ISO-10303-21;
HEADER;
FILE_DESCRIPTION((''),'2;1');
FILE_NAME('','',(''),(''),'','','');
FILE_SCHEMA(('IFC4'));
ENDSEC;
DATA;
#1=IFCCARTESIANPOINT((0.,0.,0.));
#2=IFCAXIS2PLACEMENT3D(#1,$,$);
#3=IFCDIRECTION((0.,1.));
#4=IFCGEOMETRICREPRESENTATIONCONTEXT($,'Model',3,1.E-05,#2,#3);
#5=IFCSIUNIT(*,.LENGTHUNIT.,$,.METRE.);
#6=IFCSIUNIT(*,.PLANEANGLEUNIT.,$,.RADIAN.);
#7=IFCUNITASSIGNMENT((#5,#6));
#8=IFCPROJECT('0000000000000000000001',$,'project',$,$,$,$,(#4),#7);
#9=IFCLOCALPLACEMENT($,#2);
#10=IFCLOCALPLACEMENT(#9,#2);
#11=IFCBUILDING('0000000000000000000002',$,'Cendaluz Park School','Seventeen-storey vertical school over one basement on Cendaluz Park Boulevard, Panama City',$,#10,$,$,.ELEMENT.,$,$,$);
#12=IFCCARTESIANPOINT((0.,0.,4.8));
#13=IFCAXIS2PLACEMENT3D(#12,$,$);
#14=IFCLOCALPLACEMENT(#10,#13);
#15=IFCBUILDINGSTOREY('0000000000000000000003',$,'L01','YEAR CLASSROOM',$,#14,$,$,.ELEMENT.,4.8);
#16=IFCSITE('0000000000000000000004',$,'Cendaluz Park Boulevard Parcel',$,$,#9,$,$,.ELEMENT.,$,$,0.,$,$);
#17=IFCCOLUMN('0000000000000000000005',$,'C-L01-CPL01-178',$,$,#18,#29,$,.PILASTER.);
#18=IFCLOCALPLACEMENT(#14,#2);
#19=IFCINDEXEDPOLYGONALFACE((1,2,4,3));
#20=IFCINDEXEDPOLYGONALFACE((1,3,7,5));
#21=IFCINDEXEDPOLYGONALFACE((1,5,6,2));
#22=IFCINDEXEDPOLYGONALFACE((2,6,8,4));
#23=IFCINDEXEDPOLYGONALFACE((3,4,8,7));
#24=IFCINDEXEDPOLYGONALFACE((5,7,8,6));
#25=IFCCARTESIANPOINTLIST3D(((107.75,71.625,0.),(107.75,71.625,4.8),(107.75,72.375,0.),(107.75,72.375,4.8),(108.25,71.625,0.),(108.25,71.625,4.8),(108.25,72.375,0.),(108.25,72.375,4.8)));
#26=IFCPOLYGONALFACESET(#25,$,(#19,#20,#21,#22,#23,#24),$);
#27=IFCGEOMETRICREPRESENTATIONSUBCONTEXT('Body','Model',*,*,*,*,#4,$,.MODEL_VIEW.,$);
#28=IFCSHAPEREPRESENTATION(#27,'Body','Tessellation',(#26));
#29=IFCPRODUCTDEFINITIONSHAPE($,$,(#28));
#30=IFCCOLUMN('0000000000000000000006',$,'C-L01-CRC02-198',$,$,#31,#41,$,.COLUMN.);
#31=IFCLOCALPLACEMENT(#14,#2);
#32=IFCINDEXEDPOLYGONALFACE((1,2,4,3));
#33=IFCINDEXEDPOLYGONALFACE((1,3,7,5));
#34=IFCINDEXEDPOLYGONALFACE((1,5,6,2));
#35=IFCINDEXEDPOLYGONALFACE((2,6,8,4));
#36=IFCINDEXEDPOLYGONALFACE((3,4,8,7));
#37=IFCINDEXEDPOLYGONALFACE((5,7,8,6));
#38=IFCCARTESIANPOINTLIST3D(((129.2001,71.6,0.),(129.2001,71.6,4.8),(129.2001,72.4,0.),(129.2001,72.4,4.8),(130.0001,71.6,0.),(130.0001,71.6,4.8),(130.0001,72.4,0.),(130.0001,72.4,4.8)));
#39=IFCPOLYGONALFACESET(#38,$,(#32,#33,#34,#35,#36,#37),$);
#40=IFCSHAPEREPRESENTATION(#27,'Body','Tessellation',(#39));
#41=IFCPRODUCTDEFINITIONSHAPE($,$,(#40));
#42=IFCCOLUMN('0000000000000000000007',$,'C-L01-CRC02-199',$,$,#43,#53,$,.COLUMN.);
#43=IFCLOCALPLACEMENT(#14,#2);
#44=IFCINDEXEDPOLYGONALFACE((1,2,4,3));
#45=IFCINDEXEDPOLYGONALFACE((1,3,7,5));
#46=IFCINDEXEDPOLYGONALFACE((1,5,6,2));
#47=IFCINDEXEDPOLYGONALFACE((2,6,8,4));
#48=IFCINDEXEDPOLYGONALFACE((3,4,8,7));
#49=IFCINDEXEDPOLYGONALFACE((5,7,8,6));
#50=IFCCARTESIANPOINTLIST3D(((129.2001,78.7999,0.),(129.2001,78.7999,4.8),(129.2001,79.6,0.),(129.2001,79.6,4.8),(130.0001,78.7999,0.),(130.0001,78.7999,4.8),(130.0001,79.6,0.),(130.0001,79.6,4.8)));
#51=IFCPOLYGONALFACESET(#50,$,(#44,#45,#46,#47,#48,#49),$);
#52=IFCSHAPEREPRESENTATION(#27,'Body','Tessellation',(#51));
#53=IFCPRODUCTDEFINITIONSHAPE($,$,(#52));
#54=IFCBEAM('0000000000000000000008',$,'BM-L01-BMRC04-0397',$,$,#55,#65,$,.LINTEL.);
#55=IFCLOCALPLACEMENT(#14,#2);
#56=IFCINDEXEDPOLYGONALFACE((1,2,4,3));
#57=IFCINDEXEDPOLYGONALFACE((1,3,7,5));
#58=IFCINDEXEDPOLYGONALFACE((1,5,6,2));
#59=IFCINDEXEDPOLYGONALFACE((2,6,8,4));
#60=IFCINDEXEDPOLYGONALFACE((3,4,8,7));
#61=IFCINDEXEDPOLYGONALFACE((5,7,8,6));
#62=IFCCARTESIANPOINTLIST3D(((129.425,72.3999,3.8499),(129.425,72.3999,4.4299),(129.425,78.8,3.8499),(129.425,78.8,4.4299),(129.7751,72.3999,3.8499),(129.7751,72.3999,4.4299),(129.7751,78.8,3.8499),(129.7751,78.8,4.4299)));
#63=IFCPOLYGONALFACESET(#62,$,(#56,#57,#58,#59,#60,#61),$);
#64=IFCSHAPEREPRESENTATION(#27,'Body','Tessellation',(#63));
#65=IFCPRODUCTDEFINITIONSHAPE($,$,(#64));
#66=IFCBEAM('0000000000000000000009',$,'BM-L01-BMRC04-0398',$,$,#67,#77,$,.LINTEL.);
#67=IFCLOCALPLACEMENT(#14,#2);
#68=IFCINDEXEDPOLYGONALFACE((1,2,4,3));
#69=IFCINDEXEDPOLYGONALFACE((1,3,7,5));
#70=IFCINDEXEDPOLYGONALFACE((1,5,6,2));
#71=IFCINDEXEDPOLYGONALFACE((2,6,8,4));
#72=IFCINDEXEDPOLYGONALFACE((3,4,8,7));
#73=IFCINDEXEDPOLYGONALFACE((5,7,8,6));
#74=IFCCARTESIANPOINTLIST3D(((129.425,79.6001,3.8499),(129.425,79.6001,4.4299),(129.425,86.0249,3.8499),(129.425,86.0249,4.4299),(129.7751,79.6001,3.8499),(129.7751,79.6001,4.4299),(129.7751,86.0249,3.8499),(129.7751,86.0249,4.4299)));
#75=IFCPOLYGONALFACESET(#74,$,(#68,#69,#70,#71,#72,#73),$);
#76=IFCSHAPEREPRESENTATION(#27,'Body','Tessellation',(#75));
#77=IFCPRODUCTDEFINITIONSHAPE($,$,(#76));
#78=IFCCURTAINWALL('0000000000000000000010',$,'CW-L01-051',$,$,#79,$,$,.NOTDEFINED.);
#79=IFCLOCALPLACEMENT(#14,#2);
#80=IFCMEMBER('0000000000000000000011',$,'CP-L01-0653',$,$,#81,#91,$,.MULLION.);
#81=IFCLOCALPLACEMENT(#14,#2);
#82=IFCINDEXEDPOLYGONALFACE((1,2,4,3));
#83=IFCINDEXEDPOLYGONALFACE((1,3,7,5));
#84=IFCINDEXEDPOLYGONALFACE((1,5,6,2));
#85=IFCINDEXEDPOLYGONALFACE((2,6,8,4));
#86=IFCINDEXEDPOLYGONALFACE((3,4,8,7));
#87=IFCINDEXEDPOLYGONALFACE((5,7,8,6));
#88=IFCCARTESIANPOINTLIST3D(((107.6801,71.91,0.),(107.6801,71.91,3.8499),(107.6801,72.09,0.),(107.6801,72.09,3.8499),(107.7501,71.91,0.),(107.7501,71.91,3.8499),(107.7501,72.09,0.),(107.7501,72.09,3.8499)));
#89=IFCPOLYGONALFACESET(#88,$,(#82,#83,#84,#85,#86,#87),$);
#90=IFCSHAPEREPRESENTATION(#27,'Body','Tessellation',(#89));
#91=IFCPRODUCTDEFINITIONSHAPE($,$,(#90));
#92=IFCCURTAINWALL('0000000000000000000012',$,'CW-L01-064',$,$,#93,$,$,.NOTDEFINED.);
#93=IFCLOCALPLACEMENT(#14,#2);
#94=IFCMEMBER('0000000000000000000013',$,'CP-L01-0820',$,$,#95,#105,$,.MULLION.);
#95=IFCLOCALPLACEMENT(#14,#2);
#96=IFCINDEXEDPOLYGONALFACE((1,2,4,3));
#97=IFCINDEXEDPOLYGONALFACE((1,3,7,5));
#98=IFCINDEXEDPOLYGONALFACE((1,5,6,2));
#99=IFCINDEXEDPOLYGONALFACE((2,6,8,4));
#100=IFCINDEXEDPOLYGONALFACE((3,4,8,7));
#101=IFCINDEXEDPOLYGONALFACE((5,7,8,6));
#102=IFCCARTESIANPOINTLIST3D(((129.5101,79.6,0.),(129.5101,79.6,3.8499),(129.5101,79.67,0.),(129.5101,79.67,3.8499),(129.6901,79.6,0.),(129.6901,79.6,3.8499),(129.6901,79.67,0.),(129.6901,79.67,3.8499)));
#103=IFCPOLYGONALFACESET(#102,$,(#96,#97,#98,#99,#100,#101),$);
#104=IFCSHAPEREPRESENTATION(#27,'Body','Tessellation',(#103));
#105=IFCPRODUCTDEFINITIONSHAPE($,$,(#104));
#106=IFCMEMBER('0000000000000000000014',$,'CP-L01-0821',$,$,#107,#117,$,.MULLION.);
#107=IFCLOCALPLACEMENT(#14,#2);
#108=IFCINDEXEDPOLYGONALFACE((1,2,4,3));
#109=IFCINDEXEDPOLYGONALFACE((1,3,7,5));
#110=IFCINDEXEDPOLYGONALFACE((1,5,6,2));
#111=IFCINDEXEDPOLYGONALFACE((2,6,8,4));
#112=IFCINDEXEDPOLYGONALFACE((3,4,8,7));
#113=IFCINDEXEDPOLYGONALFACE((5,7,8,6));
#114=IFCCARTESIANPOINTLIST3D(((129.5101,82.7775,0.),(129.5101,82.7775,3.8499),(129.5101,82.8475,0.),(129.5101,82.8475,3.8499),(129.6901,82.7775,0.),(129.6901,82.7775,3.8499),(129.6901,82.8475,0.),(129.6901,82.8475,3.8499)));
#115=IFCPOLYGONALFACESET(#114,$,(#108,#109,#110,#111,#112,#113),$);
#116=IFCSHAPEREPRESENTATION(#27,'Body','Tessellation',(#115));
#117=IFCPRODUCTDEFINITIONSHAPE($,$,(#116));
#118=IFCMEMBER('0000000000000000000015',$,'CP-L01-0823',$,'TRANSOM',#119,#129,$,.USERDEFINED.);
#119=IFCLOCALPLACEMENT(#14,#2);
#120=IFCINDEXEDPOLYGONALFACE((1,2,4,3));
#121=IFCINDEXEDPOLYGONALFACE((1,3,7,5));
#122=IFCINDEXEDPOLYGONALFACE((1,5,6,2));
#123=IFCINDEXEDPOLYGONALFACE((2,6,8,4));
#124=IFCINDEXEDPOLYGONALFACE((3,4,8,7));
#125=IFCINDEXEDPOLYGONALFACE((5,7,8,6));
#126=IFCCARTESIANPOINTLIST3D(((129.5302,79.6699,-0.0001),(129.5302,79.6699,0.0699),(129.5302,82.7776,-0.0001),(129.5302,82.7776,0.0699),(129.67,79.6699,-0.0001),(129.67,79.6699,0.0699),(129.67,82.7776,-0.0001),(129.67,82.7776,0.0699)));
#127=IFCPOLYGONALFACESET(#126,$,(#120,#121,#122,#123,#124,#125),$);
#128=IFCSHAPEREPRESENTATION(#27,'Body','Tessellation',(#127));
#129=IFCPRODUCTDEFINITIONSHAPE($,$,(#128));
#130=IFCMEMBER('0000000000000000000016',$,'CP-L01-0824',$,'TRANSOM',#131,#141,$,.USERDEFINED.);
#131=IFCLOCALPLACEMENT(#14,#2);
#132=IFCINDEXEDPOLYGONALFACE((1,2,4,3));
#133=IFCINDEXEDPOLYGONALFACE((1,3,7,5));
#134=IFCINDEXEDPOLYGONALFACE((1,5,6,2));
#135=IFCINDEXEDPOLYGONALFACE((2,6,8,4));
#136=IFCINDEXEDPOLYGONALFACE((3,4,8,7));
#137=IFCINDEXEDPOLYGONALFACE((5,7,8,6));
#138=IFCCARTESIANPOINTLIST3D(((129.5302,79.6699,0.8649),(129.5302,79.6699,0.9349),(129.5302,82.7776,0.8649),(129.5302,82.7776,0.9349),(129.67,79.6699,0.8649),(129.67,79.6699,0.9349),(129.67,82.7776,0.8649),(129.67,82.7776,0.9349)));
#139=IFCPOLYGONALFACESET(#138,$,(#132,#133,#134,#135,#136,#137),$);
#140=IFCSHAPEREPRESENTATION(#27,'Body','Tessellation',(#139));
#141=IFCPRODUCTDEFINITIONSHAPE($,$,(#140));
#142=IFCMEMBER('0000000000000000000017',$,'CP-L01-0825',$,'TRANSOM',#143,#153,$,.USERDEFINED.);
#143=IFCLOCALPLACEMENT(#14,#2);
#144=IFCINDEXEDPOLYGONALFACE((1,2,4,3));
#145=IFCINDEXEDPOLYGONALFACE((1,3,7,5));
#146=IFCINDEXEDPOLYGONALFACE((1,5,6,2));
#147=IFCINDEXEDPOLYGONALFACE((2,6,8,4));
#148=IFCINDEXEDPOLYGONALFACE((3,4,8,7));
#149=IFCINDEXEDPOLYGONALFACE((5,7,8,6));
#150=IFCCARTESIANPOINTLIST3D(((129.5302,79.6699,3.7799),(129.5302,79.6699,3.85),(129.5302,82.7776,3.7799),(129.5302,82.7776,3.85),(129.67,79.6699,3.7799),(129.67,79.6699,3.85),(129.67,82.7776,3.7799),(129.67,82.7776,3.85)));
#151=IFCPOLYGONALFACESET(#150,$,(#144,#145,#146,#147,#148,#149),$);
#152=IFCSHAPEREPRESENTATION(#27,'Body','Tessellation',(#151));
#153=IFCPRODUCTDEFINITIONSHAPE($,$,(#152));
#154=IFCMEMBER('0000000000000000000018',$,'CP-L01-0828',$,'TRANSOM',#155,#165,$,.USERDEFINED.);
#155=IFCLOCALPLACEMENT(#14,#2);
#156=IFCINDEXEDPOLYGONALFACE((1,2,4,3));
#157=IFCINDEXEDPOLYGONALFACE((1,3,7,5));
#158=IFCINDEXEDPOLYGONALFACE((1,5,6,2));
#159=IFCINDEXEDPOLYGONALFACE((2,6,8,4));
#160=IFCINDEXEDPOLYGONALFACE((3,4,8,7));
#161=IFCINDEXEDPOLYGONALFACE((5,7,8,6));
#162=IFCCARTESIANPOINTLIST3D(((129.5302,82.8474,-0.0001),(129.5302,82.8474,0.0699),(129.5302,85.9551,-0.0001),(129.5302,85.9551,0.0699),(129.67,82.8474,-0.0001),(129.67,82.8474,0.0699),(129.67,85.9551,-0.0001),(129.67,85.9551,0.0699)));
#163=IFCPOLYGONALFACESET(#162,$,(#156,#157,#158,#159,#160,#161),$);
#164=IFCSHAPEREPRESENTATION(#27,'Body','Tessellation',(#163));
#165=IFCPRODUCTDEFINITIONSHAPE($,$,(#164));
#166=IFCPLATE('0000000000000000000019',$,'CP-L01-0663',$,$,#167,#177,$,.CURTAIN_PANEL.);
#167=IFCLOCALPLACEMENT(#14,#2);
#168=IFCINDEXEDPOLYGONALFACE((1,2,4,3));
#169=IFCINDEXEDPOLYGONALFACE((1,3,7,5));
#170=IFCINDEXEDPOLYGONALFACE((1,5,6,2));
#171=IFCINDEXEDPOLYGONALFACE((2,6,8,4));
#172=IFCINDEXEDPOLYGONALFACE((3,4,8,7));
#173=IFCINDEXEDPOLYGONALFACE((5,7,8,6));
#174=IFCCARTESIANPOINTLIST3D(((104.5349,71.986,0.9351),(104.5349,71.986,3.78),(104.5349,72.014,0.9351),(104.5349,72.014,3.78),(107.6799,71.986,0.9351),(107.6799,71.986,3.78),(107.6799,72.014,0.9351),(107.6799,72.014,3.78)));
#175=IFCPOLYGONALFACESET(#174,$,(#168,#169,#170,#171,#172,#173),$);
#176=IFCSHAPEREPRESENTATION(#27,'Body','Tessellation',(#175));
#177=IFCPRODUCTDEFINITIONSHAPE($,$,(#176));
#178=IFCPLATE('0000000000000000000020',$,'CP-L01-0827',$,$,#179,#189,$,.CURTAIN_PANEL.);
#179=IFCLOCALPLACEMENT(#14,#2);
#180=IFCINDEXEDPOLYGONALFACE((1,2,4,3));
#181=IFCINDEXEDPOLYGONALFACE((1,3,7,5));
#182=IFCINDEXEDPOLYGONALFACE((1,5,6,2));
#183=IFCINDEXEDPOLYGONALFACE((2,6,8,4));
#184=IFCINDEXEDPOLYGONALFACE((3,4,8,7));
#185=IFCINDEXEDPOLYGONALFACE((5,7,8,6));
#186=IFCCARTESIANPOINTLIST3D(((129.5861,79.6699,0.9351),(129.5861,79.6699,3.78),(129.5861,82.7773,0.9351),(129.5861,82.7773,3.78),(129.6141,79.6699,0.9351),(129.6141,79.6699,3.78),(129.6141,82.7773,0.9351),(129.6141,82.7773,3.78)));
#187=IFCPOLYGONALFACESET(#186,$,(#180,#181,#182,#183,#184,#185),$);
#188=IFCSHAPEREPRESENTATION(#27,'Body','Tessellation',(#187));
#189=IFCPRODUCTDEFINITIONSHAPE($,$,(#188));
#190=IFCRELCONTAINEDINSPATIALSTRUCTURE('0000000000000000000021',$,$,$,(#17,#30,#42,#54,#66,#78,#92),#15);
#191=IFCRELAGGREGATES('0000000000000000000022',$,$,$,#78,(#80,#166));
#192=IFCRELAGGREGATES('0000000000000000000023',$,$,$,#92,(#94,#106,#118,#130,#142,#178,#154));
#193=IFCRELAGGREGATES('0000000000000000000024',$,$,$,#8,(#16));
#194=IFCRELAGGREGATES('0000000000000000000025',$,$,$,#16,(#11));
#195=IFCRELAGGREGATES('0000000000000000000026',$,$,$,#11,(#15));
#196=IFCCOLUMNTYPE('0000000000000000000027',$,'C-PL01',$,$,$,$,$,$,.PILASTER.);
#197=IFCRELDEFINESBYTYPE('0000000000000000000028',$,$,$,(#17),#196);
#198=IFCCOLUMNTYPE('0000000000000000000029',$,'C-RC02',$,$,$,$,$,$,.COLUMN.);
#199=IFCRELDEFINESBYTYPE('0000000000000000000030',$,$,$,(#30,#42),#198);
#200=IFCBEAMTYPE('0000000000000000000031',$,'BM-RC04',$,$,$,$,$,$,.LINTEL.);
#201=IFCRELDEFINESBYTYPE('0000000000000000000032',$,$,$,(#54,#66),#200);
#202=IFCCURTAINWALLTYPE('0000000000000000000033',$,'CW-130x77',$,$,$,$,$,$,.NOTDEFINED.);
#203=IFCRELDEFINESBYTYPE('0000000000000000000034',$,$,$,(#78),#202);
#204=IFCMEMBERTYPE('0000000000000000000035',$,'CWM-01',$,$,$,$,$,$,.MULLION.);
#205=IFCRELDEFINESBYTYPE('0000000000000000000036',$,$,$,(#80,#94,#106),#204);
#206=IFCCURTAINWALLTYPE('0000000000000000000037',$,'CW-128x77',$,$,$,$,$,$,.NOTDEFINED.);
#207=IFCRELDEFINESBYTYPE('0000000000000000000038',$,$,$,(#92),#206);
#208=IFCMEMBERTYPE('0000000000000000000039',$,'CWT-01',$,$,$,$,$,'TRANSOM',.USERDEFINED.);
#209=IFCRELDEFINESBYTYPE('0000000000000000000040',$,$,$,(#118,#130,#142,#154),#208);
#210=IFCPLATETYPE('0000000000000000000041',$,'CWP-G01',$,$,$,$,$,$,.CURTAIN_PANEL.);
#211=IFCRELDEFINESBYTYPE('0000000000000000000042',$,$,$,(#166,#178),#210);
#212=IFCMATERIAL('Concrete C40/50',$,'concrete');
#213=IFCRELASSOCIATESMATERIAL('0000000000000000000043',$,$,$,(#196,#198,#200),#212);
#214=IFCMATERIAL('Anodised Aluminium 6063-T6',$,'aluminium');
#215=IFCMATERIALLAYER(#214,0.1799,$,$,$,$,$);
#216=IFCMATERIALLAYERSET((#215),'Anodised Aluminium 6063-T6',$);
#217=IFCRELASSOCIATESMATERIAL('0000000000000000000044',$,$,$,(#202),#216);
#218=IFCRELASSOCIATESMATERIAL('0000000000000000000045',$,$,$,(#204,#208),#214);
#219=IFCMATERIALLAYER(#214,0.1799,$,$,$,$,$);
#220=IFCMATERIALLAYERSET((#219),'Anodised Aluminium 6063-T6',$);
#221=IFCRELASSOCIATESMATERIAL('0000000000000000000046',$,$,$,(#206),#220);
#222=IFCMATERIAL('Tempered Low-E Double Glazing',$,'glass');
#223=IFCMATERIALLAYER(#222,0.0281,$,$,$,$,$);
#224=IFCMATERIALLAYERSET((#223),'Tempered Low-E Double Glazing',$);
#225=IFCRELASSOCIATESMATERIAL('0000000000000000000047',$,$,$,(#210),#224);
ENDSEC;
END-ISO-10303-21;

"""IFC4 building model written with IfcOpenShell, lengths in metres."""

from ifc_helpers import new_model, si_unit, direction, frame, origin, origin_2d, place, context, subcontext, project, spatial, rectangle, extrude, material, layer, layer_set, material_profile, profile_set, type_object, element, aggregate, save


model = new_model("IFC4")

# Units and contexts
model_context = context("Model", 3, precision=1e-05, world=origin(), true_north=direction((0.0, 1.0)))
body_context = subcontext(model_context, "Body", "Model", "MODEL_VIEW")
ifc_project = project(units=[si_unit("LENGTHUNIT", "METRE"), si_unit("PLANEANGLEUNIT", "RADIAN")], contexts=[model_context])

# Site, building, storey
site_placement = place(None, origin())
site = spatial("IfcSite", under=ifc_project, at=site_placement, Name="Cendaluz Park Boulevard Parcel", CompositionType="ELEMENT", RefElevation=0.0)
building_placement = place(site_placement, origin())
building = spatial("IfcBuilding", under=site, at=building_placement, Name="Cendaluz Park School", Description="Seventeen-storey vertical school over one basement on Cendaluz Park Boulevard, Panama City", CompositionType="ELEMENT")
storey_placement = place(building_placement, frame((0.0, 0.0, 4.8)))
storey = spatial("IfcBuildingStorey", under=building, at=storey_placement, Name="L01", Description="YEAR CLASSROOM", CompositionType="ELEMENT", Elevation=4.8)

# Columns
ifc_material_1 = material(Name="Concrete C40/50", Category="concrete")
ifc_material_profile_1 = material_profile(ifc_material_1, rectangle(XDim=0.5, YDim=0.75, at=origin_2d()), Name="RC 500x750", Category="concrete")
ifc_profile_set_1 = profile_set([ifc_material_profile_1], Name="Concrete C40/50")
column_type_1 = type_object("IfcColumnType", Name="C-PL01", PredefinedType="PILASTER", material=ifc_profile_set_1)
column_placement = place(storey_placement, frame((108.0, 72.0, 0.0), z_axis=(0.0, 0.0, 1.0), x_axis=(1.0, 0.0, 0.0)))
element("IfcColumn", 1, at=column_placement, inside=storey, type_object=column_type_1, Name="C-L01-CPL01-178", PredefinedType="PILASTER", context=body_context, shape_type="SweptSolid", body=[
    extrude(rectangle(XDim=0.5, YDim=0.75, at=origin_2d()), origin(), (0.0, 0.0, 1.0), 4.8),
])
ifc_material_profile_2 = material_profile(ifc_material_1, rectangle(XDim=0.8, YDim=0.8, at=origin_2d()), Name="RC 800x800", Category="concrete")
ifc_profile_set_2 = profile_set([ifc_material_profile_2], Name="Concrete C40/50")
column_type_2 = type_object("IfcColumnType", Name="C-RC02", PredefinedType="COLUMN", material=ifc_profile_set_2)
for number, where, z_axis, x_axis, name in (
    (2, (129.6001, 72.0, 0.0), (0.0, 0.0, 1.0), (1.0, 0.0, 0.0), "C-L01-CRC02-198"),
    (3, (129.6001, 79.2, 0.0), (0.0, 0.0, 1.0), (1.0, 0.0, 0.0), "C-L01-CRC02-199"),
):
    element("IfcColumn", number, at=place(storey_placement, frame(where, z_axis=z_axis, x_axis=x_axis)), inside=storey, type_object=column_type_2, Name=name, PredefinedType="COLUMN", context=body_context, shape_type="SweptSolid", body=[
        extrude(rectangle(XDim=0.8, YDim=0.8, at=origin_2d()), origin(), (0.0, 0.0, 1.0), 4.8),
    ])

# Beams
ifc_material_profile_3 = material_profile(ifc_material_1, rectangle(XDim=0.3501, YDim=0.5801, at=origin_2d()), Name="RC 350x580", Category="concrete")
ifc_profile_set_3 = profile_set([ifc_material_profile_3], Name="Concrete C40/50")
beam_type = type_object("IfcBeamType", Name="BM-RC04", PredefinedType="LINTEL", material=ifc_profile_set_3)
beam_1_placement = place(storey_placement, frame((129.6001, 72.3999, 4.1399), z_axis=(0.0, 1.0, 0.0), x_axis=(-1.0, 0.0, 0.0)))
element("IfcBeam", 4, at=beam_1_placement, inside=storey, type_object=beam_type, Name="BM-L01-BMRC04-0397", PredefinedType="LINTEL", context=body_context, shape_type="SweptSolid", body=[
    extrude(rectangle(XDim=0.3501, YDim=0.5801, at=origin_2d()), origin(), (0.0, 0.0, 1.0), 6.4001),
])
beam_2_placement = place(storey_placement, frame((129.6001, 79.6001, 4.1399), z_axis=(0.0, 1.0, 0.0), x_axis=(-1.0, 0.0, 0.0)))
element("IfcBeam", 5, at=beam_2_placement, inside=storey, type_object=beam_type, Name="BM-L01-BMRC04-0398", PredefinedType="LINTEL", context=body_context, shape_type="SweptSolid", body=[
    extrude(rectangle(XDim=0.3501, YDim=0.5801, at=origin_2d()), origin(), (0.0, 0.0, 1.0), 6.4248),
])

# Curtain wall, member
ifc_material_2 = material(Name="Anodised Aluminium 6063-T6", Category="aluminium")
ifc_layer_1 = layer(ifc_material_2, 0.1799)
ifc_layer_set_1 = layer_set([ifc_layer_1], Name="Anodised Aluminium 6063-T6")
curtain_wall_type_1 = type_object("IfcCurtainWallType", Name="CW-130x77", PredefinedType="NOTDEFINED", material=ifc_layer_set_1)
curtain_wall_1_placement = place(storey_placement, origin())
curtain_wall_1 = element("IfcCurtainWall", 6, at=curtain_wall_1_placement, inside=storey, type_object=curtain_wall_type_1, Name="CW-L01-051", PredefinedType="NOTDEFINED")
ifc_material_profile_4 = material_profile(ifc_material_2, rectangle(XDim=0.1799, YDim=0.0701, at=origin_2d()), Name="CWM 180x70", Category="aluminium")
ifc_profile_set_4 = profile_set([ifc_material_profile_4], Name="Anodised Aluminium 6063-T6")
member_type_1 = type_object("IfcMemberType", Name="CWM-01", PredefinedType="MULLION", material=ifc_profile_set_4)
member_1_placement = place(storey_placement, frame((107.7151, 72.0, 0.0), z_axis=(0.0, 0.0, 1.0), x_axis=(0.0, 1.0, 0.0)))
member_1 = element("IfcMember", 7, at=member_1_placement, type_object=member_type_1, Name="CP-L01-0653", PredefinedType="MULLION", context=body_context, shape_type="SweptSolid", body=[
    extrude(rectangle(XDim=0.1799, YDim=0.0701, at=origin_2d()), origin(), (0.0, 0.0, 1.0), 3.8499),
])

# Curtain wall, members
ifc_layer_2 = layer(ifc_material_2, 0.1799)
ifc_layer_set_2 = layer_set([ifc_layer_2], Name="Anodised Aluminium 6063-T6")
curtain_wall_type_2 = type_object("IfcCurtainWallType", Name="CW-128x77", PredefinedType="NOTDEFINED", material=ifc_layer_set_2)
curtain_wall_2_placement = place(storey_placement, origin())
curtain_wall_2 = element("IfcCurtainWall", 8, at=curtain_wall_2_placement, inside=storey, type_object=curtain_wall_type_2, Name="CW-L01-064", PredefinedType="NOTDEFINED")
member_2_placement = place(storey_placement, frame((129.6001, 79.635, 0.0), z_axis=(0.0, 0.0, 1.0), x_axis=(-1.0, 0.0, 0.0)))
member_2 = element("IfcMember", 9, at=member_2_placement, type_object=member_type_1, Name="CP-L01-0820", PredefinedType="MULLION", context=body_context, shape_type="SweptSolid", body=[
    extrude(rectangle(XDim=0.1799, YDim=0.0701, at=origin_2d()), origin(), (0.0, 0.0, 1.0), 3.8499),
])
member_3_placement = place(storey_placement, frame((129.6001, 82.8125, 0.0), z_axis=(0.0, 0.0, 1.0), x_axis=(-1.0, 0.0, 0.0)))
member_3 = element("IfcMember", 10, at=member_3_placement, type_object=member_type_1, Name="CP-L01-0821", PredefinedType="MULLION", context=body_context, shape_type="SweptSolid", body=[
    extrude(rectangle(XDim=0.1799, YDim=0.0701, at=origin_2d()), origin(), (0.0, 0.0, 1.0), 3.8499),
])
ifc_material_profile_5 = material_profile(ifc_material_2, rectangle(XDim=0.1399, YDim=0.0701, at=origin_2d()), Name="CWT 140x70", Category="aluminium")
ifc_profile_set_5 = profile_set([ifc_material_profile_5], Name="Anodised Aluminium 6063-T6")
member_type_2 = type_object("IfcMemberType", Name="CWT-01", ElementType="TRANSOM", PredefinedType="USERDEFINED", material=ifc_profile_set_5)
member_4_placement = place(storey_placement, frame((129.6001, 79.6699, 0.0349), z_axis=(0.0, 1.0, 0.0), x_axis=(-1.0, 0.0, 0.0)))
member_4 = element("IfcMember", 11, at=member_4_placement, type_object=member_type_2, Name="CP-L01-0823", ObjectType="TRANSOM", PredefinedType="USERDEFINED", context=body_context, shape_type="SweptSolid", body=[
    extrude(rectangle(XDim=0.1399, YDim=0.0701, at=origin_2d()), origin(), (0.0, 0.0, 1.0), 3.1077),
])
member_5_placement = place(storey_placement, frame((129.6001, 79.6699, 0.8999), z_axis=(0.0, 1.0, 0.0), x_axis=(-1.0, 0.0, 0.0)))
member_5 = element("IfcMember", 12, at=member_5_placement, type_object=member_type_2, Name="CP-L01-0824", ObjectType="TRANSOM", PredefinedType="USERDEFINED", context=body_context, shape_type="SweptSolid", body=[
    extrude(rectangle(XDim=0.1399, YDim=0.0701, at=origin_2d()), origin(), (0.0, 0.0, 1.0), 3.1077),
])
member_6_placement = place(storey_placement, frame((129.6001, 79.6699, 3.8149), z_axis=(0.0, 1.0, 0.0), x_axis=(-1.0, 0.0, 0.0)))
member_6 = element("IfcMember", 13, at=member_6_placement, type_object=member_type_2, Name="CP-L01-0825", ObjectType="TRANSOM", PredefinedType="USERDEFINED", context=body_context, shape_type="SweptSolid", body=[
    extrude(rectangle(XDim=0.1399, YDim=0.0701, at=origin_2d()), origin(), (0.0, 0.0, 1.0), 3.1077),
])
member_7_placement = place(storey_placement, frame((129.6001, 82.8474, 0.0349), z_axis=(0.0, 1.0, 0.0), x_axis=(-1.0, 0.0, 0.0)))
member_7 = element("IfcMember", 14, at=member_7_placement, type_object=member_type_2, Name="CP-L01-0828", ObjectType="TRANSOM", PredefinedType="USERDEFINED", context=body_context, shape_type="SweptSolid", body=[
    extrude(rectangle(XDim=0.1399, YDim=0.0701, at=origin_2d()), origin(), (0.0, 0.0, 1.0), 3.1077),
])

# Plates
ifc_material_3 = material(Name="Tempered Low-E Double Glazing", Category="glass")
ifc_layer_3 = layer(ifc_material_3, 0.0281)
ifc_layer_set_3 = layer_set([ifc_layer_3], Name="Tempered Low-E Double Glazing")
plate_type_1 = type_object("IfcPlateType", Name="CWP-G01", PredefinedType="CURTAIN_PANEL", material=ifc_layer_set_3)
plate_1_placement = place(storey_placement, frame((106.1074, 72.0, 0.9351), z_axis=(0.0, 0.0, 1.0), x_axis=(1.0, 0.0, 0.0)))
plate_1 = element("IfcPlate", 15, at=plate_1_placement, type_object=plate_type_1, Name="CP-L01-0663", PredefinedType="CURTAIN_PANEL", context=body_context, shape_type="SweptSolid", body=[
    extrude(rectangle(XDim=3.145, YDim=0.0281, at=origin_2d()), origin(), (0.0, 0.0, 1.0), 2.845),
])
plate_2_placement = place(storey_placement, frame((129.6001, 81.2236, 0.9351), z_axis=(0.0, 0.0, 1.0), x_axis=(0.0, 1.0, 0.0)))
plate_2 = element("IfcPlate", 16, at=plate_2_placement, type_object=plate_type_1, Name="CP-L01-0827", PredefinedType="CURTAIN_PANEL", context=body_context, shape_type="SweptSolid", body=[
    extrude(rectangle(XDim=3.1074, YDim=0.0281, at=origin_2d()), origin(), (0.0, 0.0, 1.0), 2.845),
])
aggregate(curtain_wall_1, [member_1, plate_1])
aggregate(curtain_wall_2, [member_2, member_3, member_4, member_5, member_6, plate_2, member_7])

save(model, "model.ifc")
